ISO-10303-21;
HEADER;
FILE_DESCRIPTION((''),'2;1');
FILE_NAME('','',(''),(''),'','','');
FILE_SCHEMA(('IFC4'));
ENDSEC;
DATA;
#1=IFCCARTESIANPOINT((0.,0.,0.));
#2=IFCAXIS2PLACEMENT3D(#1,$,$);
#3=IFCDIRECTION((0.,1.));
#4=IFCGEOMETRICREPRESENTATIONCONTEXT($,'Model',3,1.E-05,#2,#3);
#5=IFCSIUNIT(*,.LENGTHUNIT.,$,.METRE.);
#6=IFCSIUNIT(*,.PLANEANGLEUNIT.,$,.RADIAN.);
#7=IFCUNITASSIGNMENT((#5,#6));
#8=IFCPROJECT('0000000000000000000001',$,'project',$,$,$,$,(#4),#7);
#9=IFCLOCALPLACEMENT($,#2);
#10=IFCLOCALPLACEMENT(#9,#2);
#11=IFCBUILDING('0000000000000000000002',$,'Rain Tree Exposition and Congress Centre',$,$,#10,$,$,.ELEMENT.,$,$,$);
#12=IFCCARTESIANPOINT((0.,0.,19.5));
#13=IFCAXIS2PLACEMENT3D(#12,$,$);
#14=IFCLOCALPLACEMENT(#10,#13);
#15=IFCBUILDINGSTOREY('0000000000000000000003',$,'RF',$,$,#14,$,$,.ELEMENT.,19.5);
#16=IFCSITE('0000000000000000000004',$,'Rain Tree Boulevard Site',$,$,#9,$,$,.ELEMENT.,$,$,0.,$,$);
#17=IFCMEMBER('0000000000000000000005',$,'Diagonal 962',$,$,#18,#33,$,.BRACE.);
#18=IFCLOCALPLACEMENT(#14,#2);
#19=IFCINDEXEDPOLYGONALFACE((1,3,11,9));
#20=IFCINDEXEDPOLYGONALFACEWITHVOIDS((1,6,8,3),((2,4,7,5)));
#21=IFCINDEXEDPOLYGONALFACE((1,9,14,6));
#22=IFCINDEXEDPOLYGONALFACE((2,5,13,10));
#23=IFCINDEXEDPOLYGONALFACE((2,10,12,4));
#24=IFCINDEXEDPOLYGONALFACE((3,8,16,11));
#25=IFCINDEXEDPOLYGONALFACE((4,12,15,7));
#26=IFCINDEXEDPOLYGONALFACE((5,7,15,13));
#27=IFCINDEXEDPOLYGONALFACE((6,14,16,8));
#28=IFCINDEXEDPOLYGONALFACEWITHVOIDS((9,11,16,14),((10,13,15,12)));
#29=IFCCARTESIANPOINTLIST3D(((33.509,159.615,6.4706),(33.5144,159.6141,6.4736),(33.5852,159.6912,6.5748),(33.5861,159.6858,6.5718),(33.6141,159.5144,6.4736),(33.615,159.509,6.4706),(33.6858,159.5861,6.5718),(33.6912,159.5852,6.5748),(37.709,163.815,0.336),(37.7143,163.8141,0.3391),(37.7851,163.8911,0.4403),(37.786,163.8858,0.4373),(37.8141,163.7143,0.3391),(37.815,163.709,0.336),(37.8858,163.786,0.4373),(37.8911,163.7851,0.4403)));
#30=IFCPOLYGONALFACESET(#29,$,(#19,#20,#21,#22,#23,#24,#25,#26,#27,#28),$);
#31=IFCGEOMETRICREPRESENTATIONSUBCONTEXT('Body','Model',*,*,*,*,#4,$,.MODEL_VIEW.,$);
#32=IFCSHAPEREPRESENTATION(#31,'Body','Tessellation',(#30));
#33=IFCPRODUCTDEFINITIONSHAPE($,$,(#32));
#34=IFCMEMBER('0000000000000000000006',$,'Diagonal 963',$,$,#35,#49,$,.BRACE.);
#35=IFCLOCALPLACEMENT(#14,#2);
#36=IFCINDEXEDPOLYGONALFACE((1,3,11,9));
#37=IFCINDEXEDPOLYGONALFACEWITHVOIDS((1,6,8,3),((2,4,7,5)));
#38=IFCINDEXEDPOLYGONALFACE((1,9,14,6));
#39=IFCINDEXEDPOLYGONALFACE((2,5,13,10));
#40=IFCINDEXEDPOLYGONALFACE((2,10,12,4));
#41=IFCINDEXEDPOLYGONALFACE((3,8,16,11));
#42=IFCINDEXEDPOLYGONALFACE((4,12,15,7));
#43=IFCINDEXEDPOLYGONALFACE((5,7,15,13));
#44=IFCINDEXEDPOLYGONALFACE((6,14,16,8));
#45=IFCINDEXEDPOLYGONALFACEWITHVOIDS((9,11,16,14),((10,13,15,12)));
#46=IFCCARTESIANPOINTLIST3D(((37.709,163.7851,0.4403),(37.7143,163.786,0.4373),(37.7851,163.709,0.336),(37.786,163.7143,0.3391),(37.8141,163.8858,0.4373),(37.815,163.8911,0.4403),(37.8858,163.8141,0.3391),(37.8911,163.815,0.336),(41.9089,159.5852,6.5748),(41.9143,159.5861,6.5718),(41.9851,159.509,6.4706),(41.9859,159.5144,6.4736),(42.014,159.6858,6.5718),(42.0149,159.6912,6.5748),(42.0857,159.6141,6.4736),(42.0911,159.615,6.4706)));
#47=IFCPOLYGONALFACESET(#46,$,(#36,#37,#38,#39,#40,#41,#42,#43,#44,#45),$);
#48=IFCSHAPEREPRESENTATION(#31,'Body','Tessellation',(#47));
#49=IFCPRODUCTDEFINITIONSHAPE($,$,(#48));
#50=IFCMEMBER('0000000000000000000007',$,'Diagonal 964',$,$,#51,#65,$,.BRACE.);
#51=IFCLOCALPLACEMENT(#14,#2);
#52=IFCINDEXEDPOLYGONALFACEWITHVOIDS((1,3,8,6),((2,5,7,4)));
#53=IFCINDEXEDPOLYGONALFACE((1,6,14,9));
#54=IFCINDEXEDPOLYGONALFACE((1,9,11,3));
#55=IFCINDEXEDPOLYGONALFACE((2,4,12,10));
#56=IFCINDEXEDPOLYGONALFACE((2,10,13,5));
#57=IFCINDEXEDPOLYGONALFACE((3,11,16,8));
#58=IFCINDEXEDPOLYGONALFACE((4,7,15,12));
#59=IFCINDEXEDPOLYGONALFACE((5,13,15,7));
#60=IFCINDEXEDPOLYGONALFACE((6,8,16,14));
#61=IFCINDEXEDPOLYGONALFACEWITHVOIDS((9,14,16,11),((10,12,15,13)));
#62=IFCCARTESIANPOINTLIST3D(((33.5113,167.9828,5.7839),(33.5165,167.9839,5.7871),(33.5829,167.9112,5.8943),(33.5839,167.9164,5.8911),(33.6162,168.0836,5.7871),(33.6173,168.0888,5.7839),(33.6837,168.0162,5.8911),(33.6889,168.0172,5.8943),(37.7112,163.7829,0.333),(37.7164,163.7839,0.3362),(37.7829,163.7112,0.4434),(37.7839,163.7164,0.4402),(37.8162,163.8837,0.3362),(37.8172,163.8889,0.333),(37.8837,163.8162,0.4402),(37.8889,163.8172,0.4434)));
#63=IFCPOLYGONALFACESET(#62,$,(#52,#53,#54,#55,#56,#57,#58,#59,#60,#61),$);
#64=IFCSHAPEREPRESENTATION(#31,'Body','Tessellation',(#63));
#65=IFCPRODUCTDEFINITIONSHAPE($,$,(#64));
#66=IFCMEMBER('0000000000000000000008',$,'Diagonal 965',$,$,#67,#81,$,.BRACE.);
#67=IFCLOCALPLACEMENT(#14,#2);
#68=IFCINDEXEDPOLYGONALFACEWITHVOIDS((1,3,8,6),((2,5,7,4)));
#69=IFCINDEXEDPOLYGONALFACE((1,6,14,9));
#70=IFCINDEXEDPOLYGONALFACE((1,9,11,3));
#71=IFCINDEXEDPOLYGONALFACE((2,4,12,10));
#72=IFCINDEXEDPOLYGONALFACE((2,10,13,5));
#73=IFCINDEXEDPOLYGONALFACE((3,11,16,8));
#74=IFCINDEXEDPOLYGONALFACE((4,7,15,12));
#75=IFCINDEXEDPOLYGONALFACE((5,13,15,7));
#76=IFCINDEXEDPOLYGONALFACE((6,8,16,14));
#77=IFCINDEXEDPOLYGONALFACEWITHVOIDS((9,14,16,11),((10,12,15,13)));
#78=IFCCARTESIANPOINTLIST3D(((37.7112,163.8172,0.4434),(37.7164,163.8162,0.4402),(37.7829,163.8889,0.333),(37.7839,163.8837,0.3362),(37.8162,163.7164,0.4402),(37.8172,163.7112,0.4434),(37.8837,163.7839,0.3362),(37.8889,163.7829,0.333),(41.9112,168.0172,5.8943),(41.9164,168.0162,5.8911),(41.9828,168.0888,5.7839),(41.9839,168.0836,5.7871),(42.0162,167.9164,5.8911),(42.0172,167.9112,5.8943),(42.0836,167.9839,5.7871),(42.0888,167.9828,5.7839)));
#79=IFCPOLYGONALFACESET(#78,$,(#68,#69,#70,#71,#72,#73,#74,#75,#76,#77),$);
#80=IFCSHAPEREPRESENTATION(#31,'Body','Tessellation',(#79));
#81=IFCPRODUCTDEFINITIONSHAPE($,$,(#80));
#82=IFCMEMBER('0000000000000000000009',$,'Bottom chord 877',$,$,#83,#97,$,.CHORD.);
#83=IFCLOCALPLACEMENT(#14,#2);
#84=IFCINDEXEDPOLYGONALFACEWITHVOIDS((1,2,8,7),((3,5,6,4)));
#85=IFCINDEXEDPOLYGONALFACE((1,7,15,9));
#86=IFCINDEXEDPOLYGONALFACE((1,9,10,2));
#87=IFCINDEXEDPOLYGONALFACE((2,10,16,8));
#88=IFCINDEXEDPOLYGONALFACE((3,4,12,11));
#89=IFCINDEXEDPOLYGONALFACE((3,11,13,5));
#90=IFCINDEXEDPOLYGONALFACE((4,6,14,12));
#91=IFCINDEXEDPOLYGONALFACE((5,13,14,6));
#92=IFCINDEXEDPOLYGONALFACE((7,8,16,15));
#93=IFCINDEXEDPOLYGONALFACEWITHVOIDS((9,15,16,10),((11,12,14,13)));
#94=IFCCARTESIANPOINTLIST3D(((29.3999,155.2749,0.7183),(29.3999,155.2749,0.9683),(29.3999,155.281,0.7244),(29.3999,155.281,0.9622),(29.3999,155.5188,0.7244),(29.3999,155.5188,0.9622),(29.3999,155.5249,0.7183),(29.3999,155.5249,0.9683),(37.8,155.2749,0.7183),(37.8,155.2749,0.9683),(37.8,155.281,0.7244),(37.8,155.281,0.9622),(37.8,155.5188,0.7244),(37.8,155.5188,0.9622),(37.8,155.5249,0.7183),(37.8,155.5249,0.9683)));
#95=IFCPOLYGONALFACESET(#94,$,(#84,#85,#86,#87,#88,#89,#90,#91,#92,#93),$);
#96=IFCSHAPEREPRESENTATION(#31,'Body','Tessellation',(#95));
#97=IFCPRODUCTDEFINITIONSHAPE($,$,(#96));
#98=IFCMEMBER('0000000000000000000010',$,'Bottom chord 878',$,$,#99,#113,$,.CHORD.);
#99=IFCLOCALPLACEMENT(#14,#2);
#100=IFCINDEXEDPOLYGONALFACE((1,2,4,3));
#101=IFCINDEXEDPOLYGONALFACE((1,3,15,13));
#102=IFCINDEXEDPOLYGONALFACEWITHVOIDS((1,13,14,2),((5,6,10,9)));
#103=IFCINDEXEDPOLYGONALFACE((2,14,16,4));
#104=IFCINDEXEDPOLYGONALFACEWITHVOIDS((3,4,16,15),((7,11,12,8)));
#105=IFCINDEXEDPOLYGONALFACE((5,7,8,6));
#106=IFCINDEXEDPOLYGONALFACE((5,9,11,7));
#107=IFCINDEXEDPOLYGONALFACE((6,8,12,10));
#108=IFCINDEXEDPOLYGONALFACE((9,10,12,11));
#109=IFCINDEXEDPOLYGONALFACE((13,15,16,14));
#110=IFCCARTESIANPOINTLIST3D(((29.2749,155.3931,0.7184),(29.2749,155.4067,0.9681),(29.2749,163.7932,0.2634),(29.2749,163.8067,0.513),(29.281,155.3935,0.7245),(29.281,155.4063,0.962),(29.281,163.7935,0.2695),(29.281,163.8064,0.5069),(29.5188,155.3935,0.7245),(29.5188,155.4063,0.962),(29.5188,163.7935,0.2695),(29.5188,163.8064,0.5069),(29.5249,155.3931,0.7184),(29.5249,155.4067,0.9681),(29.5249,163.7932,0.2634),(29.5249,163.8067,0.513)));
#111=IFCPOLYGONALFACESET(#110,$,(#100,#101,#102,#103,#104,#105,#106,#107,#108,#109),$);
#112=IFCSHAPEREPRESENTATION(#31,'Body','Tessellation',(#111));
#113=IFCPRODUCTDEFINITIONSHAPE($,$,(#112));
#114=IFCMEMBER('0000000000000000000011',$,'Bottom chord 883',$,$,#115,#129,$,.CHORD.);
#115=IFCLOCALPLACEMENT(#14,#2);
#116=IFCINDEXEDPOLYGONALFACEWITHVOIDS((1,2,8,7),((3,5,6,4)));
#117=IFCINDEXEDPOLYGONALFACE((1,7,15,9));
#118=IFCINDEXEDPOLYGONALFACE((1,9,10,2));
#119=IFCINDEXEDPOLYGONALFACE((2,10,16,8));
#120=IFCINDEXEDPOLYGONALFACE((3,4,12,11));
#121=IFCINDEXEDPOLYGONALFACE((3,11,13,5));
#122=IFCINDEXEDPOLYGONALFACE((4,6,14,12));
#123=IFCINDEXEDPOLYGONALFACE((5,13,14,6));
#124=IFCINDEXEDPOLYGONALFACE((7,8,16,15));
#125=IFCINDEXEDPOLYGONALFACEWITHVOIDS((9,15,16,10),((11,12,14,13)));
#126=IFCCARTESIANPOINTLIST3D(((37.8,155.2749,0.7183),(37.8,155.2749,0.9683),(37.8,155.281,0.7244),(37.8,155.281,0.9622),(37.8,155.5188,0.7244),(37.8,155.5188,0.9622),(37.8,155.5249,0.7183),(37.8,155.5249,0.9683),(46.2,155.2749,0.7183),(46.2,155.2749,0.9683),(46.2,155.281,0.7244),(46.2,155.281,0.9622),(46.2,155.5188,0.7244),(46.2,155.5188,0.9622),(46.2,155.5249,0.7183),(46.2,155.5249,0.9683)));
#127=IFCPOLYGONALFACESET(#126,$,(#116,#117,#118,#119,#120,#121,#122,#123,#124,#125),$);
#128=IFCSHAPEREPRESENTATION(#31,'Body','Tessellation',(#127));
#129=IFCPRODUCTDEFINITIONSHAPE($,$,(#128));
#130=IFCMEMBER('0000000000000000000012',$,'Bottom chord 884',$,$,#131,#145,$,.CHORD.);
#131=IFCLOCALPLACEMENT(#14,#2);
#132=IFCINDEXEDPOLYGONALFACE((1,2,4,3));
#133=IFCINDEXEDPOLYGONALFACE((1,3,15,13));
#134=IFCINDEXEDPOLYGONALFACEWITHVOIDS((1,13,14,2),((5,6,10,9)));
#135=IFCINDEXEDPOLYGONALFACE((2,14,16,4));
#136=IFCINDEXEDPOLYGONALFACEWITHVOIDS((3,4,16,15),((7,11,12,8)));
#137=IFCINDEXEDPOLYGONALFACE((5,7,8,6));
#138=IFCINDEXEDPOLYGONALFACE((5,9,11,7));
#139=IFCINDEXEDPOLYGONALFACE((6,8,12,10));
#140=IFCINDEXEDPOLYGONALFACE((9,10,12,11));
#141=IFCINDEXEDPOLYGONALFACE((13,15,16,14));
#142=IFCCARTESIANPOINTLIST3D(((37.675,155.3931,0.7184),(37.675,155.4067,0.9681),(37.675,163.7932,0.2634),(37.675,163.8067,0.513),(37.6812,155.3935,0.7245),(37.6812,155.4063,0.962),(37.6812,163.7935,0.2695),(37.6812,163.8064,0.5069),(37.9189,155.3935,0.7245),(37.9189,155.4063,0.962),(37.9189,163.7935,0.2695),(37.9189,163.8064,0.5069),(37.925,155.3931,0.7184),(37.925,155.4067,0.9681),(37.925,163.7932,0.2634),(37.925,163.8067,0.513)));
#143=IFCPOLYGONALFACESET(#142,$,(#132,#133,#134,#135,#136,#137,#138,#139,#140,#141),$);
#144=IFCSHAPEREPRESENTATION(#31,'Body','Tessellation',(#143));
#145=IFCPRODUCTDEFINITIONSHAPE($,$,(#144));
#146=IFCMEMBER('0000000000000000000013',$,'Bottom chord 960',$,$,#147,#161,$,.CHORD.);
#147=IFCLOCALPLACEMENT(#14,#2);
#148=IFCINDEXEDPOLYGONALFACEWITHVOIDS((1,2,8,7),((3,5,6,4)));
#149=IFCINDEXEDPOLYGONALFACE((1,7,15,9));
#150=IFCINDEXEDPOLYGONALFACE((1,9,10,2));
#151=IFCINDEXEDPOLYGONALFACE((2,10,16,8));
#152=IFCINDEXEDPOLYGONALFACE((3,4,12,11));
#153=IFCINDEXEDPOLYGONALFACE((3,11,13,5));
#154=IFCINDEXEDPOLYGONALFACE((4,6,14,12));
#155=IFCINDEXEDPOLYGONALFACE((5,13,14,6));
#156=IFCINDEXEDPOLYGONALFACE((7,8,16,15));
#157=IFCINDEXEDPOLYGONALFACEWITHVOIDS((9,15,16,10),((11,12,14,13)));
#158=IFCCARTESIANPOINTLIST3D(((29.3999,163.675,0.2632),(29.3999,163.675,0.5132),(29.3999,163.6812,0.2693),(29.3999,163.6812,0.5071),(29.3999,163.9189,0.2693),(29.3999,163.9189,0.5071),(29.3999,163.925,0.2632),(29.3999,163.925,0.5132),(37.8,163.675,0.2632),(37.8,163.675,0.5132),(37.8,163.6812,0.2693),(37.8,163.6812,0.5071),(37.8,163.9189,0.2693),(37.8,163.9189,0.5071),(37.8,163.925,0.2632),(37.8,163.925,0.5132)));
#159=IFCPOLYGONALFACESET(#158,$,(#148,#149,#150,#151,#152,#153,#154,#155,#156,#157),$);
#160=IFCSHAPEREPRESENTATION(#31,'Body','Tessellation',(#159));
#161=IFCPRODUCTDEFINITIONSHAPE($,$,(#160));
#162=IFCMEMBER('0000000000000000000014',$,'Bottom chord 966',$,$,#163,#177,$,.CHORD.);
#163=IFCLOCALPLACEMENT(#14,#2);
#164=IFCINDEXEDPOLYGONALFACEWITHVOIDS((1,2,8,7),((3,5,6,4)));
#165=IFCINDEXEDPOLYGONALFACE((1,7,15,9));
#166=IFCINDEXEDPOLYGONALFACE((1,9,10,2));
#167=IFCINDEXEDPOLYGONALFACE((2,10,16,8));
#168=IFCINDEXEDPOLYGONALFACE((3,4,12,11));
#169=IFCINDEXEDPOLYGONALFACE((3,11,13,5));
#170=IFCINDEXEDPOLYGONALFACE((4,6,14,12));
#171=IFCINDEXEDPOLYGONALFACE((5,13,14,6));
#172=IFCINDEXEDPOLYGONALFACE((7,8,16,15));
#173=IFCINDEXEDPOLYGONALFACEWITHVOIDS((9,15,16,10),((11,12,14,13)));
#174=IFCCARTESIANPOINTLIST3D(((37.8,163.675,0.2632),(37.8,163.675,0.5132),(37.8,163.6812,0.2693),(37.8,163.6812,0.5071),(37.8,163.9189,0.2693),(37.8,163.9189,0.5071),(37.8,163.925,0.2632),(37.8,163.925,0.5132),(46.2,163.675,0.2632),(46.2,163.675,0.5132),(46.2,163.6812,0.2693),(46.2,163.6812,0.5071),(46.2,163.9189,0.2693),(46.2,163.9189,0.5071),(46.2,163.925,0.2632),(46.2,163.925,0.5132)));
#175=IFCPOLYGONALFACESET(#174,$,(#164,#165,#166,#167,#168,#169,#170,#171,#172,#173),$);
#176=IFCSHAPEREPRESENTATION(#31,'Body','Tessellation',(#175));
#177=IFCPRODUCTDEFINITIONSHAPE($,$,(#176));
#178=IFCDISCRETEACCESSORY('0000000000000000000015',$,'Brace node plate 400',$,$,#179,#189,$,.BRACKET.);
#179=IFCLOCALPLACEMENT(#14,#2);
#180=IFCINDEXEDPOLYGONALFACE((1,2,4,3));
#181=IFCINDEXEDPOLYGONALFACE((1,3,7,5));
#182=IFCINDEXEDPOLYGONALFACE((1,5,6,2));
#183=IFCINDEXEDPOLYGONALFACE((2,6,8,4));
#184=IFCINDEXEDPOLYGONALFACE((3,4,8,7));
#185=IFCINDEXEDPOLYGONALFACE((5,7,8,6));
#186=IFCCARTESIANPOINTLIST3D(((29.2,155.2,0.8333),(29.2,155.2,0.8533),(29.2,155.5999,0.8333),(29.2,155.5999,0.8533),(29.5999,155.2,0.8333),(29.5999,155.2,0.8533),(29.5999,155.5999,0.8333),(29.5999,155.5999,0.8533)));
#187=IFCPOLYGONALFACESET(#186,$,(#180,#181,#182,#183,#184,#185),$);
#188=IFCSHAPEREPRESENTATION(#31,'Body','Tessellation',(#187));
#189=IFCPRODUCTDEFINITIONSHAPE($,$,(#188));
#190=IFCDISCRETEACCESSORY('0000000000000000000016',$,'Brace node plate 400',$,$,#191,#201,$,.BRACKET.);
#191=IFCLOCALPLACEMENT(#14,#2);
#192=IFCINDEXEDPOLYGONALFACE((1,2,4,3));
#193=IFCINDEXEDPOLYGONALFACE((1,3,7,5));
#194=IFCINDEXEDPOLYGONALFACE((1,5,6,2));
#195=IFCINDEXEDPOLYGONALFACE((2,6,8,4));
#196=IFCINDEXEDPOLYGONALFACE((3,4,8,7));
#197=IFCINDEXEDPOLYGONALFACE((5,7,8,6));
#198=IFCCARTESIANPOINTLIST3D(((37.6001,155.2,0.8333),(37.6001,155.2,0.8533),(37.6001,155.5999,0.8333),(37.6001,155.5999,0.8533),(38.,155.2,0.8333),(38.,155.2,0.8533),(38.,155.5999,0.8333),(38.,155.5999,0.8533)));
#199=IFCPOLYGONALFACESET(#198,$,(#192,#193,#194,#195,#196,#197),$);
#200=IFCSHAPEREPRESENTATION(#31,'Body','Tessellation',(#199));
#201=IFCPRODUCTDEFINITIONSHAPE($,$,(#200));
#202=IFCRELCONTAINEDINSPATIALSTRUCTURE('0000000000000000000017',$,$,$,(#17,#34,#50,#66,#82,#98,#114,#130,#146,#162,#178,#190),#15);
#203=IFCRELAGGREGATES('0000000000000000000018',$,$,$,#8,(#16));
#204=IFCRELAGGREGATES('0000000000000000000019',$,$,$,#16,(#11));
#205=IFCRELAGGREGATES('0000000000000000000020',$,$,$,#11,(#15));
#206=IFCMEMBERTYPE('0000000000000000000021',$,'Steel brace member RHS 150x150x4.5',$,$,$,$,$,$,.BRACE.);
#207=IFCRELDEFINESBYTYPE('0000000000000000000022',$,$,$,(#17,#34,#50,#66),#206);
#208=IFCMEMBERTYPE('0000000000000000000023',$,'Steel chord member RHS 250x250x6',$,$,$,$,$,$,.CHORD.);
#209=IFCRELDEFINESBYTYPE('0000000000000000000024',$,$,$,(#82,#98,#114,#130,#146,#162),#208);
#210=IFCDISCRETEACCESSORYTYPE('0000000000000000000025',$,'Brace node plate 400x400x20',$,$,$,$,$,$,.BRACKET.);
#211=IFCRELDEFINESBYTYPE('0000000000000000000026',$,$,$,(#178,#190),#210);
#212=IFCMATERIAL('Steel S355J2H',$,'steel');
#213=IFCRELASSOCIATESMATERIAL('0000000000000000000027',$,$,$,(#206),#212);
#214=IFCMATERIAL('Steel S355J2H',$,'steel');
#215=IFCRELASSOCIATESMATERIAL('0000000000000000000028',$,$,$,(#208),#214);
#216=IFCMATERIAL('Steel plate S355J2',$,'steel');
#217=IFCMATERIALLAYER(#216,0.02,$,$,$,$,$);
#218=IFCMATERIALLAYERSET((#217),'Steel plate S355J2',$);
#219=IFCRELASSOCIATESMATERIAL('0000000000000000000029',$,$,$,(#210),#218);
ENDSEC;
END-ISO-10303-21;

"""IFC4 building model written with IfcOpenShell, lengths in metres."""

from ifc_helpers import new_model, si_unit, direction, frame, origin, origin_2d, place, context, subcontext, project, spatial, rectangle, hollow_rectangle, extrude, material, layer, layer_set, material_profile, profile_set, type_object, element, save


model = new_model("IFC4")

# Units and contexts
model_context = context("Model", 3, precision=1e-05, world=origin(), true_north=direction((0.0, 1.0)))
body_context = subcontext(model_context, "Body", "Model", "MODEL_VIEW")
ifc_project = project(units=[si_unit("LENGTHUNIT", "METRE"), si_unit("PLANEANGLEUNIT", "RADIAN")], contexts=[model_context])

# Site, building, storey
site_placement = place(None, origin())
site = spatial("IfcSite", under=ifc_project, at=site_placement, Name="Rain Tree Boulevard Site", CompositionType="ELEMENT", RefElevation=0.0)
building_placement = place(site_placement, origin())
building = spatial("IfcBuilding", under=site, at=building_placement, Name="Rain Tree Exposition and Congress Centre", CompositionType="ELEMENT")
storey_placement = place(building_placement, frame((0.0, 0.0, 19.5)))
storey = spatial("IfcBuildingStorey", under=building, at=storey_placement, Name="RF", CompositionType="ELEMENT", Elevation=19.5)

# Members
ifc_material_1 = material(Name="Steel S355J2H", Category="steel")
ifc_material_profile_1 = material_profile(ifc_material_1, hollow_rectangle(XDim=0.1499, YDim=0.1499, WallThickness=0.0044, at=origin_2d()), Name="RHS 150x150x4.5")
ifc_profile_set_1 = profile_set([ifc_material_profile_1], Name="Steel S355J2H")
member_type_1 = type_object("IfcMemberType", Name="Steel brace member RHS 150x150x4.5", PredefinedType="BRACE", material=ifc_profile_set_1)
for number, where, z_axis, x_axis, name in (
    (1, (37.8, 163.8, 0.3882), (-0.491865, -0.491865, 0.718427), (0.707107, -0.707107, 0.0), "Diagonal 962"),
    (2, (37.8, 163.8, 0.3882), (0.491865, -0.491865, 0.718427), (0.707107, 0.707107, 0.0), "Diagonal 963"),
):
    element("IfcMember", number, at=place(storey_placement, frame(where, z_axis=z_axis, x_axis=x_axis)), inside=storey, type_object=member_type_1, Name=name, PredefinedType="BRACE", context=body_context, shape_type="SweptSolid", body=[
        extrude(hollow_rectangle(XDim=0.1499, YDim=0.1499, WallThickness=0.0044, at=origin_2d()), origin(), (0.0, 0.0, 1.0), 8.5388),
    ])
for number, where, z_axis, x_axis, name in (
    (3, (37.8, 163.8, 0.3882), (-0.520973, 0.520973, 0.676147), (-0.707107, -0.707107, 0.0), "Diagonal 964"),
    (4, (37.8, 163.8, 0.3882), (0.520973, 0.520973, 0.676147), (-0.707107, 0.707107, 0.0), "Diagonal 965"),
):
    element("IfcMember", number, at=place(storey_placement, frame(where, z_axis=z_axis, x_axis=x_axis)), inside=storey, type_object=member_type_1, Name=name, PredefinedType="BRACE", context=body_context, shape_type="SweptSolid", body=[
        extrude(hollow_rectangle(XDim=0.1499, YDim=0.1499, WallThickness=0.0044, at=origin_2d()), origin(), (0.0, 0.0, 1.0), 8.0618),
    ])
ifc_material_2 = material(Name="Steel S355J2H", Category="steel")
ifc_material_profile_2 = material_profile(ifc_material_2, hollow_rectangle(XDim=0.25, YDim=0.25, WallThickness=0.0061, at=origin_2d()), Name="RHS 250x250x6")
ifc_profile_set_2 = profile_set([ifc_material_profile_2], Name="Steel S355J2H")
member_type_2 = type_object("IfcMemberType", Name="Steel chord member RHS 250x250x6", PredefinedType="CHORD", material=ifc_profile_set_2)
member_1_placement = place(storey_placement, frame((29.3999, 155.3999, 0.8433), z_axis=(1.0, 0.0, 0.0), x_axis=(0.0, 1.0, 0.0)))
element("IfcMember", 5, at=member_1_placement, inside=storey, type_object=member_type_2, Name="Bottom chord 877", PredefinedType="CHORD", context=body_context, shape_type="SweptSolid", body=[
    extrude(hollow_rectangle(XDim=0.25, YDim=0.25, WallThickness=0.0061, at=origin_2d()), origin(), (0.0, 0.0, 1.0), 8.4001),
])
member_2_placement = place(storey_placement, frame((29.3999, 155.3999, 0.8433), z_axis=(0.0, 0.998536, -0.054096), x_axis=(-1.0, 0.0, 0.0)))
element("IfcMember", 6, at=member_2_placement, inside=storey, type_object=member_type_2, Name="Bottom chord 878", PredefinedType="CHORD", context=body_context, shape_type="SweptSolid", body=[
    extrude(hollow_rectangle(XDim=0.25, YDim=0.25, WallThickness=0.0061, at=origin_2d()), origin(), (0.0, 0.0, 1.0), 8.4124),
])
member_3_placement = place(storey_placement, frame((37.8, 155.3999, 0.8433), z_axis=(1.0, 0.0, 0.0), x_axis=(0.0, 1.0, 0.0)))
element("IfcMember", 7, at=member_3_placement, inside=storey, type_object=member_type_2, Name="Bottom chord 883", PredefinedType="CHORD", context=body_context, shape_type="SweptSolid", body=[
    extrude(hollow_rectangle(XDim=0.25, YDim=0.25, WallThickness=0.0061, at=origin_2d()), origin(), (0.0, 0.0, 1.0), 8.3999),
])
member_4_placement = place(storey_placement, frame((37.8, 155.3999, 0.8433), z_axis=(0.0, 0.998536, -0.054096), x_axis=(-1.0, 0.0, 0.0)))
element("IfcMember", 8, at=member_4_placement, inside=storey, type_object=member_type_2, Name="Bottom chord 884", PredefinedType="CHORD", context=body_context, shape_type="SweptSolid", body=[
    extrude(hollow_rectangle(XDim=0.25, YDim=0.25, WallThickness=0.0061, at=origin_2d()), origin(), (0.0, 0.0, 1.0), 8.4124),
])
member_5_placement = place(storey_placement, frame((29.3999, 163.8, 0.3882), z_axis=(1.0, 0.0, 0.0), x_axis=(0.0, 1.0, 0.0)))
element("IfcMember", 9, at=member_5_placement, inside=storey, type_object=member_type_2, Name="Bottom chord 960", PredefinedType="CHORD", context=body_context, shape_type="SweptSolid", body=[
    extrude(hollow_rectangle(XDim=0.25, YDim=0.25, WallThickness=0.0061, at=origin_2d()), origin(), (0.0, 0.0, 1.0), 8.4001),
])
member_6_placement = place(storey_placement, frame((37.8, 163.8, 0.3882), z_axis=(1.0, 0.0, 0.0), x_axis=(0.0, 1.0, 0.0)))
element("IfcMember", 10, at=member_6_placement, inside=storey, type_object=member_type_2, Name="Bottom chord 966", PredefinedType="CHORD", context=body_context, shape_type="SweptSolid", body=[
    extrude(hollow_rectangle(XDim=0.25, YDim=0.25, WallThickness=0.0061, at=origin_2d()), origin(), (0.0, 0.0, 1.0), 8.3999),
])

# Discrete accessories
ifc_material_3 = material(Name="Steel plate S355J2", Category="steel")
ifc_layer_1 = layer(ifc_material_3, 0.02)
ifc_layer_set_1 = layer_set([ifc_layer_1], Name="Steel plate S355J2")
discrete_accessory_type_1 = type_object("IfcDiscreteAccessoryType", Name="Brace node plate 400x400x20", PredefinedType="BRACKET", material=ifc_layer_set_1)
for number, where, z_axis, x_axis, name in (
    (11, (29.3999, 155.3999, 0.8333), (0.0, 0.0, 1.0), (1.0, 0.0, 0.0), "Brace node plate 400"),
    (12, (37.8, 155.3999, 0.8333), (0.0, 0.0, 1.0), (1.0, 0.0, 0.0), "Brace node plate 400"),
):
    element("IfcDiscreteAccessory", number, at=place(storey_placement, frame(where, z_axis=z_axis, x_axis=x_axis)), inside=storey, type_object=discrete_accessory_type_1, Name=name, PredefinedType="BRACKET", context=body_context, shape_type="SweptSolid", body=[
        extrude(rectangle(XDim=0.3999, YDim=0.3999, at=origin_2d()), origin(), (0.0, 0.0, 1.0), 0.02),
    ])

save(model, "model.ifc")
